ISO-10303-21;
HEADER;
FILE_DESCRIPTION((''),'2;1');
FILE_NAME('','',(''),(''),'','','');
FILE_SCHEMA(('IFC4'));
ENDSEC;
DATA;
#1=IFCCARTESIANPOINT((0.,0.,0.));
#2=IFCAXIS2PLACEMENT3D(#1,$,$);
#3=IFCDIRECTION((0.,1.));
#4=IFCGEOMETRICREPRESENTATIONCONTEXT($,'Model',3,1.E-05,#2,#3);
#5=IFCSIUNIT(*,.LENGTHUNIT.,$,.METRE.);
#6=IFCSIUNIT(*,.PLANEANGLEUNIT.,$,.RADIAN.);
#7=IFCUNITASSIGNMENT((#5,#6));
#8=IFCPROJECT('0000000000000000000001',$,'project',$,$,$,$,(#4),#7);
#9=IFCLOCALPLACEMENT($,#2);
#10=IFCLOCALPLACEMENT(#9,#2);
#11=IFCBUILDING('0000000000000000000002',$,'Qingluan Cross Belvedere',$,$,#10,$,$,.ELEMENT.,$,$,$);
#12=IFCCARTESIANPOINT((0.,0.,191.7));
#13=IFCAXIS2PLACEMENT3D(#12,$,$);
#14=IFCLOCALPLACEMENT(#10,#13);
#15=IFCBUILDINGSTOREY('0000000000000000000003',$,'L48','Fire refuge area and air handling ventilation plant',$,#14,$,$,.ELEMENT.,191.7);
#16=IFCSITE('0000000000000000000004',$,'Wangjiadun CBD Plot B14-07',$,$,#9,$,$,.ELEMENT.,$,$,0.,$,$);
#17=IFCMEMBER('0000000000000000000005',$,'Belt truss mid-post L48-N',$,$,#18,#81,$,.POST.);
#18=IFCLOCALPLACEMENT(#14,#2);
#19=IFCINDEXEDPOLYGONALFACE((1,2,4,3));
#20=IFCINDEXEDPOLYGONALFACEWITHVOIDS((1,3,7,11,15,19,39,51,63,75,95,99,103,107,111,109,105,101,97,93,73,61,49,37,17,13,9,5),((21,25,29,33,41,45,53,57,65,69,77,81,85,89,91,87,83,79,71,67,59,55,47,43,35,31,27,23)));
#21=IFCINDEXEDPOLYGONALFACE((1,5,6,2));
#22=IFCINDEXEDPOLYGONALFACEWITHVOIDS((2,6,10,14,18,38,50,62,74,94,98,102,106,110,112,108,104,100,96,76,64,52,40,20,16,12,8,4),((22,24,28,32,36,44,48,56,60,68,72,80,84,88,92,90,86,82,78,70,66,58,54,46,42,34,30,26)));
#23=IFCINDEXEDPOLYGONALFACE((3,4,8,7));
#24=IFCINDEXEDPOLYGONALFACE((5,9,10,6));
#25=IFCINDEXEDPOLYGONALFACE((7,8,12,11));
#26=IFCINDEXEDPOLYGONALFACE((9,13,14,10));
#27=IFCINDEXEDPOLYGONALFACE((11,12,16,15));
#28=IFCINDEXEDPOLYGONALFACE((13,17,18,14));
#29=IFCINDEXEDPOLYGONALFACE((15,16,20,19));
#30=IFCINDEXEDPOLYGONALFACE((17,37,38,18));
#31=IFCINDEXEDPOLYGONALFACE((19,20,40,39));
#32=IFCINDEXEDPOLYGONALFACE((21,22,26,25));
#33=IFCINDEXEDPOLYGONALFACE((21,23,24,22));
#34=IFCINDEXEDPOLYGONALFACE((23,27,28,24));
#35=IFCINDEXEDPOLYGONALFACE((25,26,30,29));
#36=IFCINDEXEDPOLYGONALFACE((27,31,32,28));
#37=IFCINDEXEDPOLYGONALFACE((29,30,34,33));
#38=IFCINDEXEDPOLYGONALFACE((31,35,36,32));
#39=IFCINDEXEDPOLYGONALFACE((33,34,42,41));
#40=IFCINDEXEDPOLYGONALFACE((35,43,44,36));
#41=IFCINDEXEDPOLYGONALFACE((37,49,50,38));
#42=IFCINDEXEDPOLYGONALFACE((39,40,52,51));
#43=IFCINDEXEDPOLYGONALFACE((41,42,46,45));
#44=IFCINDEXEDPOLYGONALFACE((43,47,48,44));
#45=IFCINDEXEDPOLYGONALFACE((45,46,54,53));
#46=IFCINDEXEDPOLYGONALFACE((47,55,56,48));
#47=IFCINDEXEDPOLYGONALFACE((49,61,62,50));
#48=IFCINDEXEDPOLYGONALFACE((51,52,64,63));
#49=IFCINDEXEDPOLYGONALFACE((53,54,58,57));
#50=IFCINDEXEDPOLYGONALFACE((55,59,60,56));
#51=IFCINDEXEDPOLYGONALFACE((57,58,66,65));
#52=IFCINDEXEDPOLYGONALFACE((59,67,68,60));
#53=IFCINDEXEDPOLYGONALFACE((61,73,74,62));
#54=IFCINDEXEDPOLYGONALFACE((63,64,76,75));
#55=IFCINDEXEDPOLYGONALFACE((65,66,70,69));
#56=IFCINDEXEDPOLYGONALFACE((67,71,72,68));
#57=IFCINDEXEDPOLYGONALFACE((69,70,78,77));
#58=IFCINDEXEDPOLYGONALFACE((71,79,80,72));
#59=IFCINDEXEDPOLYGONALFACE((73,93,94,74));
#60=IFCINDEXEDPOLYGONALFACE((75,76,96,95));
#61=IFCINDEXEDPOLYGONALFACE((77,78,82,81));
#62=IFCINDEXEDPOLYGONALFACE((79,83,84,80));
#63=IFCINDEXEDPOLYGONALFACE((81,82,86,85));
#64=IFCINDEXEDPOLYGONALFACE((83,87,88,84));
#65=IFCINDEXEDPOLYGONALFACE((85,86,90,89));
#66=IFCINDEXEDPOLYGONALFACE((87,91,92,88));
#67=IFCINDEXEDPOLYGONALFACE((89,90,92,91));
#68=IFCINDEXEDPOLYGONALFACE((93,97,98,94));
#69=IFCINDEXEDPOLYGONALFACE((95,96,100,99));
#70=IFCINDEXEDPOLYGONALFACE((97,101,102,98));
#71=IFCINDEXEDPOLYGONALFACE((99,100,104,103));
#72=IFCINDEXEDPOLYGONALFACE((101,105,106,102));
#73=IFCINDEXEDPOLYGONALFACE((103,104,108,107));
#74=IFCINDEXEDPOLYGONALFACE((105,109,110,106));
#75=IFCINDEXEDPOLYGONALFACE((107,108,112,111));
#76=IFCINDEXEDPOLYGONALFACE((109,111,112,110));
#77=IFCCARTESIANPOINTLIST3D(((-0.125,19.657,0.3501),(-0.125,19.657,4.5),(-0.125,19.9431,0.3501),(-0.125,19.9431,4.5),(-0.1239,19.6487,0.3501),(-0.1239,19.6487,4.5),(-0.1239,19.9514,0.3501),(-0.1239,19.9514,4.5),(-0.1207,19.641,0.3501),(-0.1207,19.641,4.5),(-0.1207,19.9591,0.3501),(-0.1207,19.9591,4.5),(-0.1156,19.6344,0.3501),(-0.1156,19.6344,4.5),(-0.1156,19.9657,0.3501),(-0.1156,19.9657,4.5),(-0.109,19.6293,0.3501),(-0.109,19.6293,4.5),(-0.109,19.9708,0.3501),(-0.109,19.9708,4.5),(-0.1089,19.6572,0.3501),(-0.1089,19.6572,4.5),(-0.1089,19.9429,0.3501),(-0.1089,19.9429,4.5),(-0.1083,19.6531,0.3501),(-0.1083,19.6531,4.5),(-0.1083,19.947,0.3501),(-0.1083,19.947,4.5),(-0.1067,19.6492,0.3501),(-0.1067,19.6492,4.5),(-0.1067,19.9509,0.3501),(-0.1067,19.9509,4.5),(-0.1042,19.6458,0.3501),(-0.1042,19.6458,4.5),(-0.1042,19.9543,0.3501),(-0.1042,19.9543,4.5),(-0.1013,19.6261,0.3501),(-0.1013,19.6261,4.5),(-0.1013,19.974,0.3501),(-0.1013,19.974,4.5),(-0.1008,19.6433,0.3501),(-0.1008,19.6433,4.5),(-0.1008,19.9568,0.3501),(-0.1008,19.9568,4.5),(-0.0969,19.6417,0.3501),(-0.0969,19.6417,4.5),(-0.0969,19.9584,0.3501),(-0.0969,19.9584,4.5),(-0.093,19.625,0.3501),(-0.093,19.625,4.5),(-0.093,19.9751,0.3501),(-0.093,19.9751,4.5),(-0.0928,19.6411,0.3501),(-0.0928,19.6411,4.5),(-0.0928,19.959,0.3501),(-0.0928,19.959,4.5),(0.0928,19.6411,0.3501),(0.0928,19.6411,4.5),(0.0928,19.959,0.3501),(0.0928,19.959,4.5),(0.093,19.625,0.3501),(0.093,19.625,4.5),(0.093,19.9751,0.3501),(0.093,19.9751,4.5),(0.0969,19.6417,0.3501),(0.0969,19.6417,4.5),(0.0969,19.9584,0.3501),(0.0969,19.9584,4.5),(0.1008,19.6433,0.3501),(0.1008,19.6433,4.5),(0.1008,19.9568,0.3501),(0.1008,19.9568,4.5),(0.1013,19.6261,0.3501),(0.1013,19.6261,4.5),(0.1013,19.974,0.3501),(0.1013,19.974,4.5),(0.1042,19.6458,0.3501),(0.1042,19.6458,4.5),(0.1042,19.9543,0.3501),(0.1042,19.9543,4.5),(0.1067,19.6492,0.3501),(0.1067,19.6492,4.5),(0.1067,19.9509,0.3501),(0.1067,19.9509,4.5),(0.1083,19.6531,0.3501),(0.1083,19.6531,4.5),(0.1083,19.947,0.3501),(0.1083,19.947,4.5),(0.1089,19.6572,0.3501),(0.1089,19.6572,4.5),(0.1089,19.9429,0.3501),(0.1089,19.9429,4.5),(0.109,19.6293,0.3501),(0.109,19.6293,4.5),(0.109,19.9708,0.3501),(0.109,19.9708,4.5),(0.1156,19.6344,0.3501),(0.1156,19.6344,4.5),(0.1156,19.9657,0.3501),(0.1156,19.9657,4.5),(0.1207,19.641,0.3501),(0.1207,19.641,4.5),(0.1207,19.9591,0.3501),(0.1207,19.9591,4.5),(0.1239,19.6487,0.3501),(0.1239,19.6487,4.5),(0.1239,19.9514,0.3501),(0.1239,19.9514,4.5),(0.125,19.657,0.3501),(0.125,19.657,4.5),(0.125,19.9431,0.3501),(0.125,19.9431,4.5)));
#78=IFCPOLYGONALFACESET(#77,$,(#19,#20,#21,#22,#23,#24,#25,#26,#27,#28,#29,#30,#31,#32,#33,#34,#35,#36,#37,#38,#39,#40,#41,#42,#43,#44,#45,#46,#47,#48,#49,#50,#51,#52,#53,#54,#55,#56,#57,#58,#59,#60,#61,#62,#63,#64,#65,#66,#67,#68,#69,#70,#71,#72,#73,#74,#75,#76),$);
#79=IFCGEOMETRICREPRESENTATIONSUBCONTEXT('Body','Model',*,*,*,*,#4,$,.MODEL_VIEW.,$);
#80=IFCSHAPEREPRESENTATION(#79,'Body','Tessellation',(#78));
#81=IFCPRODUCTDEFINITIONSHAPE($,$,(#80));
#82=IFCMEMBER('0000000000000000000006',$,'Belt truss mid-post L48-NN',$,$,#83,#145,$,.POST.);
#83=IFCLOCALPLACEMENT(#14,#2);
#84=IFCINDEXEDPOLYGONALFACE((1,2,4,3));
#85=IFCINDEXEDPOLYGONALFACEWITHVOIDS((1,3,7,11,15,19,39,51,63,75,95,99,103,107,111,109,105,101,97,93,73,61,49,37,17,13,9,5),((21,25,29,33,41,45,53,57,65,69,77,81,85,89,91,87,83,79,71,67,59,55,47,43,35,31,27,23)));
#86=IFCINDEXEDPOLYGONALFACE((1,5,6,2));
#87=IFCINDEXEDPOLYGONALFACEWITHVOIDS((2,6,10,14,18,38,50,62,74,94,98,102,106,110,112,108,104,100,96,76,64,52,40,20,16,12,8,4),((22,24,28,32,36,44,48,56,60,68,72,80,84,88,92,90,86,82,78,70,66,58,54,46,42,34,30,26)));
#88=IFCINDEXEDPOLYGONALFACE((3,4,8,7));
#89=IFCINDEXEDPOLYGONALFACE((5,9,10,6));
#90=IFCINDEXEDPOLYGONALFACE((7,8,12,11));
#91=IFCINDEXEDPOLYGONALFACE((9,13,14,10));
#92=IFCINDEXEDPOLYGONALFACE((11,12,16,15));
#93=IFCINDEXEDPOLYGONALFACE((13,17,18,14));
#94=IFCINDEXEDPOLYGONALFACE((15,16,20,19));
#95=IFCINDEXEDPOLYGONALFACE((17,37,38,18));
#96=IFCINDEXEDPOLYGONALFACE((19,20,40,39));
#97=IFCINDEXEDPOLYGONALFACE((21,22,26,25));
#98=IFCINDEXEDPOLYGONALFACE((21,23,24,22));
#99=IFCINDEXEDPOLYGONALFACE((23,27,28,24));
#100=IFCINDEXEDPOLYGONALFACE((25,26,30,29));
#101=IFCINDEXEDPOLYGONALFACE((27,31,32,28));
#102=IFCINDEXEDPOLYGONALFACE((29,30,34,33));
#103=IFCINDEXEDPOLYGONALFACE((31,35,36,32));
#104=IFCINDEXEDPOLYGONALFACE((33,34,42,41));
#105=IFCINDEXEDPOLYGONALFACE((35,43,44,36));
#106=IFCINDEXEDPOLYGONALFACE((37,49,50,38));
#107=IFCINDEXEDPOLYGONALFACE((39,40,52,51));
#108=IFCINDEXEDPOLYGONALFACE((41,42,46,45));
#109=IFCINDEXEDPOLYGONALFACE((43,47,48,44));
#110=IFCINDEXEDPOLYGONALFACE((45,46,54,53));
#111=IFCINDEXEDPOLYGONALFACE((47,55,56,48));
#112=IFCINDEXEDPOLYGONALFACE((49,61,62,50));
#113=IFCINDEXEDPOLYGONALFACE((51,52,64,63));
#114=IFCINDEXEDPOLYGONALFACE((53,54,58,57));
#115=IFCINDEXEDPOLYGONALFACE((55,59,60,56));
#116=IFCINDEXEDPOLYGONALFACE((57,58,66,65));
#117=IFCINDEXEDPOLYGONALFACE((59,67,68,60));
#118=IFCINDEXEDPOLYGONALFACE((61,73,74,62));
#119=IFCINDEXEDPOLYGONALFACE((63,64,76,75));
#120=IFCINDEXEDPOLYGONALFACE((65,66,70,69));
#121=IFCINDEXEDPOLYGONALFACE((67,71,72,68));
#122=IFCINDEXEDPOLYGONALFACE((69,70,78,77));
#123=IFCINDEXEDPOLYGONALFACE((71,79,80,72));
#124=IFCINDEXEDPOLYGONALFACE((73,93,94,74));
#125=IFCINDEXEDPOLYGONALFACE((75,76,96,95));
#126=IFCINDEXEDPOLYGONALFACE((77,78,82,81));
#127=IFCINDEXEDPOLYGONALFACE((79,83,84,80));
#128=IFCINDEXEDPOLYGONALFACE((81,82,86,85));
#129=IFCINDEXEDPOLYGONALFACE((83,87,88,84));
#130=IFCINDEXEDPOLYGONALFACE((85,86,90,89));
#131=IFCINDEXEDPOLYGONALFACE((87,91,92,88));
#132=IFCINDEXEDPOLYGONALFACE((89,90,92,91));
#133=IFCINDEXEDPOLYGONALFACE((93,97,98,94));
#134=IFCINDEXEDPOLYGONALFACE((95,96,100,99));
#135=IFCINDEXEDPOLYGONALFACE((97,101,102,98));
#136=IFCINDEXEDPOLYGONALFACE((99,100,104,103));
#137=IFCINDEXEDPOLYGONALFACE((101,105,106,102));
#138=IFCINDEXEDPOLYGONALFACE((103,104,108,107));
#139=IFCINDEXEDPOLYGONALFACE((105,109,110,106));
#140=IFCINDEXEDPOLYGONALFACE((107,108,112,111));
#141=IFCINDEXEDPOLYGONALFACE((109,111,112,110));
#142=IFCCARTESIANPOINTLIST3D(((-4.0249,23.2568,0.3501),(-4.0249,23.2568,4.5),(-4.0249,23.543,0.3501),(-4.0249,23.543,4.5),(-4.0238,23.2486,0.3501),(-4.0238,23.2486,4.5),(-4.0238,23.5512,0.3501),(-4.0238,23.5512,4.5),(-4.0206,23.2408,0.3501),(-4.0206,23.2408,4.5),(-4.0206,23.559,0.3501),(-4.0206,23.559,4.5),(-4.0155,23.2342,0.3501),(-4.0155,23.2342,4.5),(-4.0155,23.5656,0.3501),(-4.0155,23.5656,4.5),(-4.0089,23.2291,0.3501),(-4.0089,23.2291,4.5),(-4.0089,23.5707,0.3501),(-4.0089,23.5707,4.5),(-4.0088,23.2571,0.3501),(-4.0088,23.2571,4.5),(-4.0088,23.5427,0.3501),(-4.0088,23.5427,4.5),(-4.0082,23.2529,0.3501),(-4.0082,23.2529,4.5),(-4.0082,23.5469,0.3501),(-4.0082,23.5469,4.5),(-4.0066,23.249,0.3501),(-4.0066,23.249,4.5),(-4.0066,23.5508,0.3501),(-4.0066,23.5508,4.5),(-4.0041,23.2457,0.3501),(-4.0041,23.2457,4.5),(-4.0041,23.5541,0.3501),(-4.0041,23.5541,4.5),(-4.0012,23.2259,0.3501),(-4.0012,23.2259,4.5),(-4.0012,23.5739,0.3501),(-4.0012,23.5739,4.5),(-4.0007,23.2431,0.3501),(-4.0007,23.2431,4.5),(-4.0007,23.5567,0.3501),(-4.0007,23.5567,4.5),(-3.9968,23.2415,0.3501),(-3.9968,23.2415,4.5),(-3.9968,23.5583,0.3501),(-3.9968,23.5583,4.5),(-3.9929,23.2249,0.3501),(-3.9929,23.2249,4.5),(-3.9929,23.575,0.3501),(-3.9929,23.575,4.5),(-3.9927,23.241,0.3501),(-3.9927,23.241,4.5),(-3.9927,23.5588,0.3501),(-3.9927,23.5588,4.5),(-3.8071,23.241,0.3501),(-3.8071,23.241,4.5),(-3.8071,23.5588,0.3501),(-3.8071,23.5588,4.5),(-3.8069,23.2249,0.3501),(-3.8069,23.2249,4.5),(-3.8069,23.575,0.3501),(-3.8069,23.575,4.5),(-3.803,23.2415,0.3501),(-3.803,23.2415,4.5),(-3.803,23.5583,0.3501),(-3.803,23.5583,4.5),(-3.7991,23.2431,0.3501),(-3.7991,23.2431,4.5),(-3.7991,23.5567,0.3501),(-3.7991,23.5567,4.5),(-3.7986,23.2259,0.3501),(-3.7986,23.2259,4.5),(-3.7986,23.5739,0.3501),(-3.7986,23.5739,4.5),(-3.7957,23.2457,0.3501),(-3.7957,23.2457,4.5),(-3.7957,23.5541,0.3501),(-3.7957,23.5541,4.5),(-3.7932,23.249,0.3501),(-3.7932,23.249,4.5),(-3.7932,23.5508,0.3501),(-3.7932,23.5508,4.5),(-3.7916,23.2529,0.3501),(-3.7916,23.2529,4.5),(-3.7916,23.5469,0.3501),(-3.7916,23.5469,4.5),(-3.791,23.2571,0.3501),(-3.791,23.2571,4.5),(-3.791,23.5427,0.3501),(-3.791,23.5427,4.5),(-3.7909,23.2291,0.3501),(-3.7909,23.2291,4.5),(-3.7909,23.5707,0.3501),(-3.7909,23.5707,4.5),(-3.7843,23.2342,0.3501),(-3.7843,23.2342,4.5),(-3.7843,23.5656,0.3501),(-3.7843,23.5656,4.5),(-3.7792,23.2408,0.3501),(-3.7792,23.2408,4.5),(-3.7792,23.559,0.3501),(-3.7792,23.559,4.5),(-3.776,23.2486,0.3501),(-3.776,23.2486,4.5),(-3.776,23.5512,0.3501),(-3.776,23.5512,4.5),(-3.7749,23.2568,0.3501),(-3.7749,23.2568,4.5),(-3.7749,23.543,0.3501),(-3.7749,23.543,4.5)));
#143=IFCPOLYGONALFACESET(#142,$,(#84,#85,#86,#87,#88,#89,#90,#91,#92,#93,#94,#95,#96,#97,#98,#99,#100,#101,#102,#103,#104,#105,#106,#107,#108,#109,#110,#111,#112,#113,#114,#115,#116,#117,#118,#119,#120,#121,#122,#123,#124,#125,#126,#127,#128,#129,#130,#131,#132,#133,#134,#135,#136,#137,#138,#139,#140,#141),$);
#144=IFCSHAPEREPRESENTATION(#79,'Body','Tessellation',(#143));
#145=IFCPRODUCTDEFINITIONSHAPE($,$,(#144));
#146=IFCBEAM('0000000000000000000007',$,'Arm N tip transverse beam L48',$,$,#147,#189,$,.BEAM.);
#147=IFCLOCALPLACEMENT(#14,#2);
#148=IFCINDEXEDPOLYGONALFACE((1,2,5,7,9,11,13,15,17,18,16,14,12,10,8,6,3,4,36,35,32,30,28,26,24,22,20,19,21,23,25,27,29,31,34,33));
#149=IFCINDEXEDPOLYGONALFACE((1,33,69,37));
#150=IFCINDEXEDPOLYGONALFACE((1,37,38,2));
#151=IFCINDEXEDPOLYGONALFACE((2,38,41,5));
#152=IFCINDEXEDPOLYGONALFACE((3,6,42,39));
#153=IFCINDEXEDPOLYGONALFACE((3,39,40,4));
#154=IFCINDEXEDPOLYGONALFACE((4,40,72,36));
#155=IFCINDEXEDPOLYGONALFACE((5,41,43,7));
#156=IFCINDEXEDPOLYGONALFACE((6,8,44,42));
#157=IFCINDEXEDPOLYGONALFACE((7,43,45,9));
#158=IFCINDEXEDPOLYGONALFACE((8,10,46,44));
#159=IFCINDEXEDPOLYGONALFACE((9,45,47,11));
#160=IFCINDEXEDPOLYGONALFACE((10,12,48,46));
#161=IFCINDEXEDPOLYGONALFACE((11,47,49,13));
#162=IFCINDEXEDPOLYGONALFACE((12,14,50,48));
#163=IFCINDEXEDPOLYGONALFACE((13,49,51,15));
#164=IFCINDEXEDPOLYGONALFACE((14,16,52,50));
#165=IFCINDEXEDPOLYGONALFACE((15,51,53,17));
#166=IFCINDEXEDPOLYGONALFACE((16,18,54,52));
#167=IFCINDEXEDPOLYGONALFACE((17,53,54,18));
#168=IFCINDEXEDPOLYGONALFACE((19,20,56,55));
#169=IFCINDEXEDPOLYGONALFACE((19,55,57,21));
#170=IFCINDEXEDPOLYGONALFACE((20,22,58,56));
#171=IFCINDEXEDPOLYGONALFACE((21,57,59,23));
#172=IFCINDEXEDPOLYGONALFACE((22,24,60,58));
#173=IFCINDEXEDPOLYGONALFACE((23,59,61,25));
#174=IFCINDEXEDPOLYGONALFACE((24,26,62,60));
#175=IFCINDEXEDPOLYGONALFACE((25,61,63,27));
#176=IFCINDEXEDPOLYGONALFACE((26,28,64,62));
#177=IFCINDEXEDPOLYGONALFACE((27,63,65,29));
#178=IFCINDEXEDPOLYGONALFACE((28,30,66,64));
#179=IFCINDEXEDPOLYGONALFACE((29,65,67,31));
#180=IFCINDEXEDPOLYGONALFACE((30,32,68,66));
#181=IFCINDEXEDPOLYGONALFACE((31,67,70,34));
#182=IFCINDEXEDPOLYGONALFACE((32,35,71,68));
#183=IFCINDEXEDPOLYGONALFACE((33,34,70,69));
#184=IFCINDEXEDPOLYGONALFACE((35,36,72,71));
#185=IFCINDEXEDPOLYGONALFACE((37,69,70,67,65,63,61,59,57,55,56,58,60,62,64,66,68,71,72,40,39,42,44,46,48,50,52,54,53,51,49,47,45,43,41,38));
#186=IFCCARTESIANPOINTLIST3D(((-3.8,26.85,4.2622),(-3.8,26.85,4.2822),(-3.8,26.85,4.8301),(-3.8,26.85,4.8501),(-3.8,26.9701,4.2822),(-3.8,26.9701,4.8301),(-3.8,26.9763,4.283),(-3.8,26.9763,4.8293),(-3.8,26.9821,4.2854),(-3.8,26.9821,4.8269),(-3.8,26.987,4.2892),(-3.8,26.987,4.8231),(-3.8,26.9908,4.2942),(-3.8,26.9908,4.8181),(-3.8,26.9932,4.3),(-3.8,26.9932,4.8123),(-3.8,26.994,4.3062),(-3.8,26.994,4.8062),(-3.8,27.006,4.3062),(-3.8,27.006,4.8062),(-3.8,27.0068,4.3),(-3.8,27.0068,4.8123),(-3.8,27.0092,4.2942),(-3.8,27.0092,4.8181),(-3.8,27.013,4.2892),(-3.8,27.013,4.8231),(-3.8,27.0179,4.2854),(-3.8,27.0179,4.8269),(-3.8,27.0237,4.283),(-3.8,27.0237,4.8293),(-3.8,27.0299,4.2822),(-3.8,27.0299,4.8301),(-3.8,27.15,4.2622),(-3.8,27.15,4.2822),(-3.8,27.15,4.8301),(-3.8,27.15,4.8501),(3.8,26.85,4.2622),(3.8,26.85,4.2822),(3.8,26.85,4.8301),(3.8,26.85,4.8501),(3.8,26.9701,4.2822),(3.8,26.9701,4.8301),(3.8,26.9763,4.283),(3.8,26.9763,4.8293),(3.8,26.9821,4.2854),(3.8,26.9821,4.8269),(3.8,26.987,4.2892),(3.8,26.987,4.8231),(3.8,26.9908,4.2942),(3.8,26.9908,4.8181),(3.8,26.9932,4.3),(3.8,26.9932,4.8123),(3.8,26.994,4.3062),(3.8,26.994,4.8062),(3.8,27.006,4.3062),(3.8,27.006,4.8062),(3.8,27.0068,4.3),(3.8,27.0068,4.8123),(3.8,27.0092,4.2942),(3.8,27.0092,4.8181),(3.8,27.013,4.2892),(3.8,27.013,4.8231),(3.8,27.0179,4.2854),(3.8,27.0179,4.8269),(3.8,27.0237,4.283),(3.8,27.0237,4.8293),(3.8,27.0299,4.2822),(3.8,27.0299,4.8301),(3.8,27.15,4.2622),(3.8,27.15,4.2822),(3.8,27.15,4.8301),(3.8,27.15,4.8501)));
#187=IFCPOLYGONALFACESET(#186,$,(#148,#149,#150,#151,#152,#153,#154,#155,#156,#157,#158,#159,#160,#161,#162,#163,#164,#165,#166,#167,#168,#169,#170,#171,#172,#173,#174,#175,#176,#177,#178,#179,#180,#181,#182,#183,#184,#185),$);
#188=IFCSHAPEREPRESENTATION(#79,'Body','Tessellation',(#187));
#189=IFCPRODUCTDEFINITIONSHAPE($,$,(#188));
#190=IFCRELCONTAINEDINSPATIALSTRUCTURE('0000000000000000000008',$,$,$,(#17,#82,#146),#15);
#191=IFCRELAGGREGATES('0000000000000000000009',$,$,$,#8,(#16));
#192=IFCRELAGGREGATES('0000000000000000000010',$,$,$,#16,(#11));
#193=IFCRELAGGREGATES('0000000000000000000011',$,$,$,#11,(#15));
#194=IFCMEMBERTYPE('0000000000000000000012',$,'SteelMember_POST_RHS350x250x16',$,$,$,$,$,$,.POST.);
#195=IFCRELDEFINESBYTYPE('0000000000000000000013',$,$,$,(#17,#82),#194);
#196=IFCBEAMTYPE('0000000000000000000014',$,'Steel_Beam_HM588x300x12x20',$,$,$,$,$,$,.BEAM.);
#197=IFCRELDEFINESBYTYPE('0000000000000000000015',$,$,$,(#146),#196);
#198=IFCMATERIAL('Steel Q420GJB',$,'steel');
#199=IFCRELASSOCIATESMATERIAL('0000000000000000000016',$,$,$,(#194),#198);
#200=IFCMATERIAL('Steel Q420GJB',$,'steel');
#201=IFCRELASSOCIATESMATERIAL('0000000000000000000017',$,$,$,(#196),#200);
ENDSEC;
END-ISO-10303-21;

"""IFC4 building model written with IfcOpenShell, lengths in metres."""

from ifc_helpers import new_model, si_unit, direction, frame, origin, origin_2d, place, context, subcontext, project, spatial, hollow_rectangle, i_section, extrude, material, material_profile, profile_set, type_object, element, save


model = new_model("IFC4")

# Units and contexts
model_context = context("Model", 3, precision=1e-05, world=origin(), true_north=direction((0.0, 1.0)))
body_context = subcontext(model_context, "Body", "Model", "MODEL_VIEW")
ifc_project = project(units=[si_unit("LENGTHUNIT", "METRE"), si_unit("PLANEANGLEUNIT", "RADIAN")], contexts=[model_context])

# Site, building, storey
site_placement = place(None, origin())
site = spatial("IfcSite", under=ifc_project, at=site_placement, Name="Wangjiadun CBD Plot B14-07", CompositionType="ELEMENT", RefElevation=0.0)
building_placement = place(site_placement, origin())
building = spatial("IfcBuilding", under=site, at=building_placement, Name="Qingluan Cross Belvedere", CompositionType="ELEMENT")
storey_placement = place(building_placement, frame((0.0, 0.0, 191.7)))
storey = spatial("IfcBuildingStorey", under=building, at=storey_placement, Name="L48", Description="Fire refuge area and air handling ventilation plant", CompositionType="ELEMENT", Elevation=191.7)

# Members
ifc_material_1 = material(Name="Steel Q420GJB", Category="steel")
ifc_material_profile_1 = material_profile(ifc_material_1, hollow_rectangle(XDim=0.25, YDim=0.3501, WallThickness=0.0161, InnerFilletRadius=0.0161, OuterFilletRadius=0.032, at=origin_2d()), Name="RHS350x250x16")
ifc_profile_set_1 = profile_set([ifc_material_profile_1], Name="Steel Q420GJB")
member_type_1 = type_object("IfcMemberType", Name="SteelMember_POST_RHS350x250x16", PredefinedType="POST", material=ifc_profile_set_1)
for number, where, z_axis, x_axis, name in (
    (1, (0.0, 19.8, 0.3501), (0.0, 0.0, 1.0), (1.0, 0.0, 0.0), "Belt truss mid-post L48-N"),
    (2, (-3.8999, 23.3999, 0.3501), (0.0, 0.0, 1.0), (1.0, 0.0, 0.0), "Belt truss mid-post L48-NN"),
):
    element("IfcMember", number, at=place(storey_placement, frame(where, z_axis=z_axis, x_axis=x_axis)), inside=storey, type_object=member_type_1, Name=name, PredefinedType="POST", context=body_context, shape_type="SweptSolid", body=[
        extrude(hollow_rectangle(XDim=0.25, YDim=0.3501, WallThickness=0.0161, InnerFilletRadius=0.0161, OuterFilletRadius=0.032, at=origin_2d()), origin(), (0.0, 0.0, 1.0), 4.1499),
    ])

# Beam
ifc_material_2 = material(Name="Steel Q420GJB", Category="steel")
ifc_material_profile_2 = material_profile(ifc_material_2, i_section(OverallWidth=0.3, OverallDepth=0.5879, WebThickness=0.012, FlangeThickness=0.02, FilletRadius=0.0239, at=origin_2d()), Name="HM588x300x12x20")
ifc_profile_set_2 = profile_set([ifc_material_profile_2], Name="Steel Q420GJB")
beam_type_1 = type_object("IfcBeamType", Name="Steel_Beam_HM588x300x12x20", PredefinedType="BEAM", material=ifc_profile_set_2)
beam_1_placement = place(storey_placement, frame((-3.8, 27.0, 4.5562), z_axis=(1.0, 0.0, 0.0), x_axis=(0.0, 1.0, 0.0)))
element("IfcBeam", 3, at=beam_1_placement, inside=storey, type_object=beam_type_1, Name="Arm N tip transverse beam L48", PredefinedType="BEAM", context=body_context, shape_type="SweptSolid", body=[
    extrude(i_section(OverallWidth=0.3, OverallDepth=0.5879, WebThickness=0.012, FlangeThickness=0.02, FilletRadius=0.0239, at=origin_2d()), origin(), (0.0, 0.0, 1.0), 7.6001),
])

save(model, "model.ifc")
